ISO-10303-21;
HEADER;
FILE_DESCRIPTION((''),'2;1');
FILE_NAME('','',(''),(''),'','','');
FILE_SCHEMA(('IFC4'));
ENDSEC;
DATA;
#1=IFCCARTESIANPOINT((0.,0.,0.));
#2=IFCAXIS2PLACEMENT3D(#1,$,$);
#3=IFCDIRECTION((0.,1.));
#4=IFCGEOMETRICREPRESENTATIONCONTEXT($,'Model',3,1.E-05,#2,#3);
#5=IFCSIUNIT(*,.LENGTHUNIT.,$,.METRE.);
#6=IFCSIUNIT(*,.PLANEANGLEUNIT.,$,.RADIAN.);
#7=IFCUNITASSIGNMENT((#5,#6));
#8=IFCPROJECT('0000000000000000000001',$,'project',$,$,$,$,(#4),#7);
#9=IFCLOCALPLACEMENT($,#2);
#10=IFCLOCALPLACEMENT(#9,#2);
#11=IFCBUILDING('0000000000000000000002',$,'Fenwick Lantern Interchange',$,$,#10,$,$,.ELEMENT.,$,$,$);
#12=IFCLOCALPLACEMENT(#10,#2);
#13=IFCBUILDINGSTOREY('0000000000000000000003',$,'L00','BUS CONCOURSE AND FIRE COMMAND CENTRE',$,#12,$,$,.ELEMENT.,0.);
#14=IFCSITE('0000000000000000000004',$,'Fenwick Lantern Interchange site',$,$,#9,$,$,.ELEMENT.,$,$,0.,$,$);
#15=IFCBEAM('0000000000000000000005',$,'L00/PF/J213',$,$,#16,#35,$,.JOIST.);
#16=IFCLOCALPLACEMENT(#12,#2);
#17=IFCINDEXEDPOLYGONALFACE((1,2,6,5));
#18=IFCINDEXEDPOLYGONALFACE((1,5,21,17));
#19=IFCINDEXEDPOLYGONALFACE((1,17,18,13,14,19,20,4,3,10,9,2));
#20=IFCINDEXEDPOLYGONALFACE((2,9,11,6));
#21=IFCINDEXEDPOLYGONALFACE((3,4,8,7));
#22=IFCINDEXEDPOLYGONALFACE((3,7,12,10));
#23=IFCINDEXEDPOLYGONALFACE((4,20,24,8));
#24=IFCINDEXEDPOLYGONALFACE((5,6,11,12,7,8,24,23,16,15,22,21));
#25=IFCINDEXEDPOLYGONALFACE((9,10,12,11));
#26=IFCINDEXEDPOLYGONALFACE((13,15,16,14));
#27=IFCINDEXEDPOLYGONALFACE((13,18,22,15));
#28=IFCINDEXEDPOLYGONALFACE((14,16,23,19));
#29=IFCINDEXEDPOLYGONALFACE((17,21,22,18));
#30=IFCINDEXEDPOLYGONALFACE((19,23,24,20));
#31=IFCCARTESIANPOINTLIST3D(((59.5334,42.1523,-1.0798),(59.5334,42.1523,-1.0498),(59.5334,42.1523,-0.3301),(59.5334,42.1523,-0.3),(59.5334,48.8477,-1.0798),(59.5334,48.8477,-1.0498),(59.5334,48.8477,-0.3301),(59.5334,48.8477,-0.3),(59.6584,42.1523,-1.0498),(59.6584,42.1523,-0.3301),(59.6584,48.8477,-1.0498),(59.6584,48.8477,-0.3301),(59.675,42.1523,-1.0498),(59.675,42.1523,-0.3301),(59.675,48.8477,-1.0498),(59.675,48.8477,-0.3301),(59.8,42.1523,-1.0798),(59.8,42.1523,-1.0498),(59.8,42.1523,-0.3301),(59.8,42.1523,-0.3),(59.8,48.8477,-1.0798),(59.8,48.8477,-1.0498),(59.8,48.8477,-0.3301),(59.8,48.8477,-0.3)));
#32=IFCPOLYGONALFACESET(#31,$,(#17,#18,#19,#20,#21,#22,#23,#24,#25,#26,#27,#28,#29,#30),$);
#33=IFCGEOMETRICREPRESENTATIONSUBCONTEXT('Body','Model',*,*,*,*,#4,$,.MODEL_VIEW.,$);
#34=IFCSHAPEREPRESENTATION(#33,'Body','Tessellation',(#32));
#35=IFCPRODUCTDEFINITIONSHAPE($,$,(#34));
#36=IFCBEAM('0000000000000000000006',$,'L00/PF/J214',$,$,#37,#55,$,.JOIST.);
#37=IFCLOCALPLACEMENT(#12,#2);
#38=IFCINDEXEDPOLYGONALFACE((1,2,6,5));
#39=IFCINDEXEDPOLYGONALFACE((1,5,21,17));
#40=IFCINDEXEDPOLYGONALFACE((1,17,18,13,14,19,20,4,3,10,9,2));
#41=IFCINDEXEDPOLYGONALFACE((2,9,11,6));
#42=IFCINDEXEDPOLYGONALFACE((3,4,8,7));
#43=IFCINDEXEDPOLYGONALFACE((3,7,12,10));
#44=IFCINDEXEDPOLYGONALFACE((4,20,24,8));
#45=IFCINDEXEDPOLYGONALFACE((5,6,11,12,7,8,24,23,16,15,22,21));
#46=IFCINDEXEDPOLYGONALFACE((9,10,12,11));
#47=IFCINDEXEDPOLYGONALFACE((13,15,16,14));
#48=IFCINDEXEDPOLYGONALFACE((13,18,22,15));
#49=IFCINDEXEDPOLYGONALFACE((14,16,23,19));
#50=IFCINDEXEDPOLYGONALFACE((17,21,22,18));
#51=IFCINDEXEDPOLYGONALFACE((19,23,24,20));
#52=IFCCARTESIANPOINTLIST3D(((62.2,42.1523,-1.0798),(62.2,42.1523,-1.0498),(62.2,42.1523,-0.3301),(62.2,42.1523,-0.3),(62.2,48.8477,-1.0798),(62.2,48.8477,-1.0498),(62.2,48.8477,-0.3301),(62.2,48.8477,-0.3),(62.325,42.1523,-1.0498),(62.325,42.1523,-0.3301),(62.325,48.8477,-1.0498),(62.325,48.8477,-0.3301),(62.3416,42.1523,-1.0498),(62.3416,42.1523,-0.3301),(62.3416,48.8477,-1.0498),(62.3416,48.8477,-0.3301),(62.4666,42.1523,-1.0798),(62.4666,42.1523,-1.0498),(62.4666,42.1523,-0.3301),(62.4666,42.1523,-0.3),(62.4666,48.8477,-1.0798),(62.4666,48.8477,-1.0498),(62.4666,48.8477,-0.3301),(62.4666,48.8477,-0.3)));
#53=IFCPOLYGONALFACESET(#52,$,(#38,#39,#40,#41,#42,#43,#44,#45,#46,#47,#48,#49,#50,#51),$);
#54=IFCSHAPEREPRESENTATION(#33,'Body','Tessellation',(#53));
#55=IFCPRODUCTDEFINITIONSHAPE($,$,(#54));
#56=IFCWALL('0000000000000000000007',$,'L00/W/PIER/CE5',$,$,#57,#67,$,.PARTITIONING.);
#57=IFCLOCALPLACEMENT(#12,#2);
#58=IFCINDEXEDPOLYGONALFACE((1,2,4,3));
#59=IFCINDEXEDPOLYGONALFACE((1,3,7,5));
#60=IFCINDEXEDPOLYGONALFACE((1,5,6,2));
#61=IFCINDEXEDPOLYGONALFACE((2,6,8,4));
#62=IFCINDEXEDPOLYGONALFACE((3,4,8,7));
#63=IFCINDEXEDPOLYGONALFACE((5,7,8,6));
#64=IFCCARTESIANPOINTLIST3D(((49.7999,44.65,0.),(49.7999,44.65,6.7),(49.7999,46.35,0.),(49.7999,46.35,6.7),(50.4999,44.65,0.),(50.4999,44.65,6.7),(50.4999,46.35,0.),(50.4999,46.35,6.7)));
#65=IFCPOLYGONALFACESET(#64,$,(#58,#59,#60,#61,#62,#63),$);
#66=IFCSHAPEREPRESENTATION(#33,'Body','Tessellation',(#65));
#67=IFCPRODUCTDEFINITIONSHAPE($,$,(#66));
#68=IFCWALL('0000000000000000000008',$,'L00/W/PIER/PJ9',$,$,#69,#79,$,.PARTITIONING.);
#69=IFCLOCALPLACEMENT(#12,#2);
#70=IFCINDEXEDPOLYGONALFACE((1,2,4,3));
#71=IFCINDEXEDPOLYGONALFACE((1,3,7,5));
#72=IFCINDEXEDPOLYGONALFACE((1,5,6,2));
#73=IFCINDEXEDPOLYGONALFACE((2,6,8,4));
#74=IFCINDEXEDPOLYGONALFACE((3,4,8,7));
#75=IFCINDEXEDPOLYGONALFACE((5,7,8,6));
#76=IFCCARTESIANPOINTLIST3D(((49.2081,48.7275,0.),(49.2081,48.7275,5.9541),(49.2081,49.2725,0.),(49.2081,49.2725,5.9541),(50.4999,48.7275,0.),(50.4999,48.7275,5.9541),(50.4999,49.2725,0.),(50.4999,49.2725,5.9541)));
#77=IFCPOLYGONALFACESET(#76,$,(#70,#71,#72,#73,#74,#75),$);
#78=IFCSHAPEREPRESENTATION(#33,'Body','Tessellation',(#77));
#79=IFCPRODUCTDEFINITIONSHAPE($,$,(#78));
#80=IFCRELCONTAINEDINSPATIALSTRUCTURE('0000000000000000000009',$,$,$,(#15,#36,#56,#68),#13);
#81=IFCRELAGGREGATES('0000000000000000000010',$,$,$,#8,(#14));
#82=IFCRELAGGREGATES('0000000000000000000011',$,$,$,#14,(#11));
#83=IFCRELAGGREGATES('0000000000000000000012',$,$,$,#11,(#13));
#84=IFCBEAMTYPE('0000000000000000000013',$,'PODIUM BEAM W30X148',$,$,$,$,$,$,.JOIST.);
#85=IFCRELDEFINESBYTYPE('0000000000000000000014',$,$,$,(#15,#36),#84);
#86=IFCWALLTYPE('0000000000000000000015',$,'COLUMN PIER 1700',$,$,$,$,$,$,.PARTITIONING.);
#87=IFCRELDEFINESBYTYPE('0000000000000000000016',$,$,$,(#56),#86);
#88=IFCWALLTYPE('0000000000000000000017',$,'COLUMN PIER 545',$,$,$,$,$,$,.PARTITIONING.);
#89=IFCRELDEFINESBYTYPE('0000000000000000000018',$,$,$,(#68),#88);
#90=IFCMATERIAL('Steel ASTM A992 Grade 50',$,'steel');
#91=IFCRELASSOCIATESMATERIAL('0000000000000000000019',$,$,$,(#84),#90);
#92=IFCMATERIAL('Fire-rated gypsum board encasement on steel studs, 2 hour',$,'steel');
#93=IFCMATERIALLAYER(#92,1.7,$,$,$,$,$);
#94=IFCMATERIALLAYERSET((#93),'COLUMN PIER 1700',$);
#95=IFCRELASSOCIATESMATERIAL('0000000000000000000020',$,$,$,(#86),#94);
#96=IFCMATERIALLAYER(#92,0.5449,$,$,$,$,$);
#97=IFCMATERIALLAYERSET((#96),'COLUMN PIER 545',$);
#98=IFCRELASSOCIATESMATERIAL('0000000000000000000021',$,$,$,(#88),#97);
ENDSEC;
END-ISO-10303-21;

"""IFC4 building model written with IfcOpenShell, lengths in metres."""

from ifc_helpers import new_model, si_unit, direction, frame, frame_2d, origin, origin_2d, place, context, subcontext, project, spatial, rectangle, i_section, extrude, material, layer, layer_set, material_profile, profile_set, type_object, element, save


model = new_model("IFC4")

# Units and contexts
model_context = context("Model", 3, precision=1e-05, world=origin(), true_north=direction((0.0, 1.0)))
body_context = subcontext(model_context, "Body", "Model", "MODEL_VIEW")
ifc_project = project(units=[si_unit("LENGTHUNIT", "METRE"), si_unit("PLANEANGLEUNIT", "RADIAN")], contexts=[model_context])

# Site, building, storey
site_placement = place(None, origin())
site = spatial("IfcSite", under=ifc_project, at=site_placement, Name="Fenwick Lantern Interchange site", CompositionType="ELEMENT", RefElevation=0.0)
building_placement = place(site_placement, origin())
building = spatial("IfcBuilding", under=site, at=building_placement, Name="Fenwick Lantern Interchange", CompositionType="ELEMENT")
storey_placement = place(building_placement, origin())
storey = spatial("IfcBuildingStorey", under=building, at=storey_placement, Name="L00", Description="BUS CONCOURSE AND FIRE COMMAND CENTRE", CompositionType="ELEMENT", Elevation=0.0)

# Shared definitions
ifc_material_1 = material(Name="Steel ASTM A992 Grade 50", Category="steel")

# Beams
ifc_material_profile_1 = material_profile(ifc_material_1, i_section(OverallWidth=0.2666, OverallDepth=0.7798, WebThickness=0.0166, FlangeThickness=0.03, at=origin_2d()), Name="W30X148")
ifc_profile_set_1 = profile_set([ifc_material_profile_1], Name="Steel ASTM A992 Grade 50")
beam_type_1 = type_object("IfcBeamType", Name="PODIUM BEAM W30X148", PredefinedType="JOIST", material=ifc_profile_set_1)
for number, where, z_axis, x_axis, name in (
    (1, (59.6667, 42.1523, -0.6899), (0.0, 1.0, 0.0), (-1.0, 0.0, 0.0), "L00/PF/J213"),
    (2, (62.3333, 42.1523, -0.6899), (0.0, 1.0, 0.0), (-1.0, 0.0, 0.0), "L00/PF/J214"),
):
    element("IfcBeam", number, at=place(storey_placement, frame(where, z_axis=z_axis, x_axis=x_axis)), inside=storey, type_object=beam_type_1, Name=name, PredefinedType="JOIST", context=body_context, shape_type="SweptSolid", body=[
        extrude(i_section(OverallWidth=0.2666, OverallDepth=0.7798, WebThickness=0.0166, FlangeThickness=0.03, at=origin_2d()), origin(), (0.0, 0.0, 1.0), 6.6953),
    ])

# Walls
ifc_material_2 = material(Name="Fire-rated gypsum board encasement on steel studs, 2 hour", Category="steel")
ifc_layer_1 = layer(ifc_material_2, 1.7)
ifc_layer_set_1 = layer_set([ifc_layer_1], Name="COLUMN PIER 1700")
wall_type_1 = type_object("IfcWallType", Name="COLUMN PIER 1700", PredefinedType="PARTITIONING", material=ifc_layer_set_1)
wall_1_placement = place(storey_placement, frame((50.5, 45.5, 0.0), z_axis=(0.0, 0.0, 1.0), x_axis=(-1.0, 0.0, 0.0)))
element("IfcWall", 3, at=wall_1_placement, inside=storey, type_object=wall_type_1, Name="L00/W/PIER/CE5", PredefinedType="PARTITIONING", context=body_context, shape_type="SweptSolid", body=[
    extrude(rectangle(XDim=0.7, YDim=1.7, at=frame_2d((0.3501, 0.0))), origin(), (0.0, 0.0, 1.0), 6.7),
])
ifc_layer_2 = layer(ifc_material_2, 0.5449)
ifc_layer_set_2 = layer_set([ifc_layer_2], Name="COLUMN PIER 545")
wall_type_2 = type_object("IfcWallType", Name="COLUMN PIER 545", PredefinedType="PARTITIONING", material=ifc_layer_set_2)
wall_2_placement = place(storey_placement, frame((50.5, 49.0, 0.0), z_axis=(0.0, 0.0, 1.0), x_axis=(-1.0, 0.0, 0.0)))
element("IfcWall", 4, at=wall_2_placement, inside=storey, type_object=wall_type_2, Name="L00/W/PIER/PJ9", PredefinedType="PARTITIONING", context=body_context, shape_type="SweptSolid", body=[
    extrude(rectangle(XDim=1.2917, YDim=0.5449, at=frame_2d((0.646, 0.0))), origin(), (0.0, 0.0, 1.0), 5.9541),
])

save(model, "model.ifc")
